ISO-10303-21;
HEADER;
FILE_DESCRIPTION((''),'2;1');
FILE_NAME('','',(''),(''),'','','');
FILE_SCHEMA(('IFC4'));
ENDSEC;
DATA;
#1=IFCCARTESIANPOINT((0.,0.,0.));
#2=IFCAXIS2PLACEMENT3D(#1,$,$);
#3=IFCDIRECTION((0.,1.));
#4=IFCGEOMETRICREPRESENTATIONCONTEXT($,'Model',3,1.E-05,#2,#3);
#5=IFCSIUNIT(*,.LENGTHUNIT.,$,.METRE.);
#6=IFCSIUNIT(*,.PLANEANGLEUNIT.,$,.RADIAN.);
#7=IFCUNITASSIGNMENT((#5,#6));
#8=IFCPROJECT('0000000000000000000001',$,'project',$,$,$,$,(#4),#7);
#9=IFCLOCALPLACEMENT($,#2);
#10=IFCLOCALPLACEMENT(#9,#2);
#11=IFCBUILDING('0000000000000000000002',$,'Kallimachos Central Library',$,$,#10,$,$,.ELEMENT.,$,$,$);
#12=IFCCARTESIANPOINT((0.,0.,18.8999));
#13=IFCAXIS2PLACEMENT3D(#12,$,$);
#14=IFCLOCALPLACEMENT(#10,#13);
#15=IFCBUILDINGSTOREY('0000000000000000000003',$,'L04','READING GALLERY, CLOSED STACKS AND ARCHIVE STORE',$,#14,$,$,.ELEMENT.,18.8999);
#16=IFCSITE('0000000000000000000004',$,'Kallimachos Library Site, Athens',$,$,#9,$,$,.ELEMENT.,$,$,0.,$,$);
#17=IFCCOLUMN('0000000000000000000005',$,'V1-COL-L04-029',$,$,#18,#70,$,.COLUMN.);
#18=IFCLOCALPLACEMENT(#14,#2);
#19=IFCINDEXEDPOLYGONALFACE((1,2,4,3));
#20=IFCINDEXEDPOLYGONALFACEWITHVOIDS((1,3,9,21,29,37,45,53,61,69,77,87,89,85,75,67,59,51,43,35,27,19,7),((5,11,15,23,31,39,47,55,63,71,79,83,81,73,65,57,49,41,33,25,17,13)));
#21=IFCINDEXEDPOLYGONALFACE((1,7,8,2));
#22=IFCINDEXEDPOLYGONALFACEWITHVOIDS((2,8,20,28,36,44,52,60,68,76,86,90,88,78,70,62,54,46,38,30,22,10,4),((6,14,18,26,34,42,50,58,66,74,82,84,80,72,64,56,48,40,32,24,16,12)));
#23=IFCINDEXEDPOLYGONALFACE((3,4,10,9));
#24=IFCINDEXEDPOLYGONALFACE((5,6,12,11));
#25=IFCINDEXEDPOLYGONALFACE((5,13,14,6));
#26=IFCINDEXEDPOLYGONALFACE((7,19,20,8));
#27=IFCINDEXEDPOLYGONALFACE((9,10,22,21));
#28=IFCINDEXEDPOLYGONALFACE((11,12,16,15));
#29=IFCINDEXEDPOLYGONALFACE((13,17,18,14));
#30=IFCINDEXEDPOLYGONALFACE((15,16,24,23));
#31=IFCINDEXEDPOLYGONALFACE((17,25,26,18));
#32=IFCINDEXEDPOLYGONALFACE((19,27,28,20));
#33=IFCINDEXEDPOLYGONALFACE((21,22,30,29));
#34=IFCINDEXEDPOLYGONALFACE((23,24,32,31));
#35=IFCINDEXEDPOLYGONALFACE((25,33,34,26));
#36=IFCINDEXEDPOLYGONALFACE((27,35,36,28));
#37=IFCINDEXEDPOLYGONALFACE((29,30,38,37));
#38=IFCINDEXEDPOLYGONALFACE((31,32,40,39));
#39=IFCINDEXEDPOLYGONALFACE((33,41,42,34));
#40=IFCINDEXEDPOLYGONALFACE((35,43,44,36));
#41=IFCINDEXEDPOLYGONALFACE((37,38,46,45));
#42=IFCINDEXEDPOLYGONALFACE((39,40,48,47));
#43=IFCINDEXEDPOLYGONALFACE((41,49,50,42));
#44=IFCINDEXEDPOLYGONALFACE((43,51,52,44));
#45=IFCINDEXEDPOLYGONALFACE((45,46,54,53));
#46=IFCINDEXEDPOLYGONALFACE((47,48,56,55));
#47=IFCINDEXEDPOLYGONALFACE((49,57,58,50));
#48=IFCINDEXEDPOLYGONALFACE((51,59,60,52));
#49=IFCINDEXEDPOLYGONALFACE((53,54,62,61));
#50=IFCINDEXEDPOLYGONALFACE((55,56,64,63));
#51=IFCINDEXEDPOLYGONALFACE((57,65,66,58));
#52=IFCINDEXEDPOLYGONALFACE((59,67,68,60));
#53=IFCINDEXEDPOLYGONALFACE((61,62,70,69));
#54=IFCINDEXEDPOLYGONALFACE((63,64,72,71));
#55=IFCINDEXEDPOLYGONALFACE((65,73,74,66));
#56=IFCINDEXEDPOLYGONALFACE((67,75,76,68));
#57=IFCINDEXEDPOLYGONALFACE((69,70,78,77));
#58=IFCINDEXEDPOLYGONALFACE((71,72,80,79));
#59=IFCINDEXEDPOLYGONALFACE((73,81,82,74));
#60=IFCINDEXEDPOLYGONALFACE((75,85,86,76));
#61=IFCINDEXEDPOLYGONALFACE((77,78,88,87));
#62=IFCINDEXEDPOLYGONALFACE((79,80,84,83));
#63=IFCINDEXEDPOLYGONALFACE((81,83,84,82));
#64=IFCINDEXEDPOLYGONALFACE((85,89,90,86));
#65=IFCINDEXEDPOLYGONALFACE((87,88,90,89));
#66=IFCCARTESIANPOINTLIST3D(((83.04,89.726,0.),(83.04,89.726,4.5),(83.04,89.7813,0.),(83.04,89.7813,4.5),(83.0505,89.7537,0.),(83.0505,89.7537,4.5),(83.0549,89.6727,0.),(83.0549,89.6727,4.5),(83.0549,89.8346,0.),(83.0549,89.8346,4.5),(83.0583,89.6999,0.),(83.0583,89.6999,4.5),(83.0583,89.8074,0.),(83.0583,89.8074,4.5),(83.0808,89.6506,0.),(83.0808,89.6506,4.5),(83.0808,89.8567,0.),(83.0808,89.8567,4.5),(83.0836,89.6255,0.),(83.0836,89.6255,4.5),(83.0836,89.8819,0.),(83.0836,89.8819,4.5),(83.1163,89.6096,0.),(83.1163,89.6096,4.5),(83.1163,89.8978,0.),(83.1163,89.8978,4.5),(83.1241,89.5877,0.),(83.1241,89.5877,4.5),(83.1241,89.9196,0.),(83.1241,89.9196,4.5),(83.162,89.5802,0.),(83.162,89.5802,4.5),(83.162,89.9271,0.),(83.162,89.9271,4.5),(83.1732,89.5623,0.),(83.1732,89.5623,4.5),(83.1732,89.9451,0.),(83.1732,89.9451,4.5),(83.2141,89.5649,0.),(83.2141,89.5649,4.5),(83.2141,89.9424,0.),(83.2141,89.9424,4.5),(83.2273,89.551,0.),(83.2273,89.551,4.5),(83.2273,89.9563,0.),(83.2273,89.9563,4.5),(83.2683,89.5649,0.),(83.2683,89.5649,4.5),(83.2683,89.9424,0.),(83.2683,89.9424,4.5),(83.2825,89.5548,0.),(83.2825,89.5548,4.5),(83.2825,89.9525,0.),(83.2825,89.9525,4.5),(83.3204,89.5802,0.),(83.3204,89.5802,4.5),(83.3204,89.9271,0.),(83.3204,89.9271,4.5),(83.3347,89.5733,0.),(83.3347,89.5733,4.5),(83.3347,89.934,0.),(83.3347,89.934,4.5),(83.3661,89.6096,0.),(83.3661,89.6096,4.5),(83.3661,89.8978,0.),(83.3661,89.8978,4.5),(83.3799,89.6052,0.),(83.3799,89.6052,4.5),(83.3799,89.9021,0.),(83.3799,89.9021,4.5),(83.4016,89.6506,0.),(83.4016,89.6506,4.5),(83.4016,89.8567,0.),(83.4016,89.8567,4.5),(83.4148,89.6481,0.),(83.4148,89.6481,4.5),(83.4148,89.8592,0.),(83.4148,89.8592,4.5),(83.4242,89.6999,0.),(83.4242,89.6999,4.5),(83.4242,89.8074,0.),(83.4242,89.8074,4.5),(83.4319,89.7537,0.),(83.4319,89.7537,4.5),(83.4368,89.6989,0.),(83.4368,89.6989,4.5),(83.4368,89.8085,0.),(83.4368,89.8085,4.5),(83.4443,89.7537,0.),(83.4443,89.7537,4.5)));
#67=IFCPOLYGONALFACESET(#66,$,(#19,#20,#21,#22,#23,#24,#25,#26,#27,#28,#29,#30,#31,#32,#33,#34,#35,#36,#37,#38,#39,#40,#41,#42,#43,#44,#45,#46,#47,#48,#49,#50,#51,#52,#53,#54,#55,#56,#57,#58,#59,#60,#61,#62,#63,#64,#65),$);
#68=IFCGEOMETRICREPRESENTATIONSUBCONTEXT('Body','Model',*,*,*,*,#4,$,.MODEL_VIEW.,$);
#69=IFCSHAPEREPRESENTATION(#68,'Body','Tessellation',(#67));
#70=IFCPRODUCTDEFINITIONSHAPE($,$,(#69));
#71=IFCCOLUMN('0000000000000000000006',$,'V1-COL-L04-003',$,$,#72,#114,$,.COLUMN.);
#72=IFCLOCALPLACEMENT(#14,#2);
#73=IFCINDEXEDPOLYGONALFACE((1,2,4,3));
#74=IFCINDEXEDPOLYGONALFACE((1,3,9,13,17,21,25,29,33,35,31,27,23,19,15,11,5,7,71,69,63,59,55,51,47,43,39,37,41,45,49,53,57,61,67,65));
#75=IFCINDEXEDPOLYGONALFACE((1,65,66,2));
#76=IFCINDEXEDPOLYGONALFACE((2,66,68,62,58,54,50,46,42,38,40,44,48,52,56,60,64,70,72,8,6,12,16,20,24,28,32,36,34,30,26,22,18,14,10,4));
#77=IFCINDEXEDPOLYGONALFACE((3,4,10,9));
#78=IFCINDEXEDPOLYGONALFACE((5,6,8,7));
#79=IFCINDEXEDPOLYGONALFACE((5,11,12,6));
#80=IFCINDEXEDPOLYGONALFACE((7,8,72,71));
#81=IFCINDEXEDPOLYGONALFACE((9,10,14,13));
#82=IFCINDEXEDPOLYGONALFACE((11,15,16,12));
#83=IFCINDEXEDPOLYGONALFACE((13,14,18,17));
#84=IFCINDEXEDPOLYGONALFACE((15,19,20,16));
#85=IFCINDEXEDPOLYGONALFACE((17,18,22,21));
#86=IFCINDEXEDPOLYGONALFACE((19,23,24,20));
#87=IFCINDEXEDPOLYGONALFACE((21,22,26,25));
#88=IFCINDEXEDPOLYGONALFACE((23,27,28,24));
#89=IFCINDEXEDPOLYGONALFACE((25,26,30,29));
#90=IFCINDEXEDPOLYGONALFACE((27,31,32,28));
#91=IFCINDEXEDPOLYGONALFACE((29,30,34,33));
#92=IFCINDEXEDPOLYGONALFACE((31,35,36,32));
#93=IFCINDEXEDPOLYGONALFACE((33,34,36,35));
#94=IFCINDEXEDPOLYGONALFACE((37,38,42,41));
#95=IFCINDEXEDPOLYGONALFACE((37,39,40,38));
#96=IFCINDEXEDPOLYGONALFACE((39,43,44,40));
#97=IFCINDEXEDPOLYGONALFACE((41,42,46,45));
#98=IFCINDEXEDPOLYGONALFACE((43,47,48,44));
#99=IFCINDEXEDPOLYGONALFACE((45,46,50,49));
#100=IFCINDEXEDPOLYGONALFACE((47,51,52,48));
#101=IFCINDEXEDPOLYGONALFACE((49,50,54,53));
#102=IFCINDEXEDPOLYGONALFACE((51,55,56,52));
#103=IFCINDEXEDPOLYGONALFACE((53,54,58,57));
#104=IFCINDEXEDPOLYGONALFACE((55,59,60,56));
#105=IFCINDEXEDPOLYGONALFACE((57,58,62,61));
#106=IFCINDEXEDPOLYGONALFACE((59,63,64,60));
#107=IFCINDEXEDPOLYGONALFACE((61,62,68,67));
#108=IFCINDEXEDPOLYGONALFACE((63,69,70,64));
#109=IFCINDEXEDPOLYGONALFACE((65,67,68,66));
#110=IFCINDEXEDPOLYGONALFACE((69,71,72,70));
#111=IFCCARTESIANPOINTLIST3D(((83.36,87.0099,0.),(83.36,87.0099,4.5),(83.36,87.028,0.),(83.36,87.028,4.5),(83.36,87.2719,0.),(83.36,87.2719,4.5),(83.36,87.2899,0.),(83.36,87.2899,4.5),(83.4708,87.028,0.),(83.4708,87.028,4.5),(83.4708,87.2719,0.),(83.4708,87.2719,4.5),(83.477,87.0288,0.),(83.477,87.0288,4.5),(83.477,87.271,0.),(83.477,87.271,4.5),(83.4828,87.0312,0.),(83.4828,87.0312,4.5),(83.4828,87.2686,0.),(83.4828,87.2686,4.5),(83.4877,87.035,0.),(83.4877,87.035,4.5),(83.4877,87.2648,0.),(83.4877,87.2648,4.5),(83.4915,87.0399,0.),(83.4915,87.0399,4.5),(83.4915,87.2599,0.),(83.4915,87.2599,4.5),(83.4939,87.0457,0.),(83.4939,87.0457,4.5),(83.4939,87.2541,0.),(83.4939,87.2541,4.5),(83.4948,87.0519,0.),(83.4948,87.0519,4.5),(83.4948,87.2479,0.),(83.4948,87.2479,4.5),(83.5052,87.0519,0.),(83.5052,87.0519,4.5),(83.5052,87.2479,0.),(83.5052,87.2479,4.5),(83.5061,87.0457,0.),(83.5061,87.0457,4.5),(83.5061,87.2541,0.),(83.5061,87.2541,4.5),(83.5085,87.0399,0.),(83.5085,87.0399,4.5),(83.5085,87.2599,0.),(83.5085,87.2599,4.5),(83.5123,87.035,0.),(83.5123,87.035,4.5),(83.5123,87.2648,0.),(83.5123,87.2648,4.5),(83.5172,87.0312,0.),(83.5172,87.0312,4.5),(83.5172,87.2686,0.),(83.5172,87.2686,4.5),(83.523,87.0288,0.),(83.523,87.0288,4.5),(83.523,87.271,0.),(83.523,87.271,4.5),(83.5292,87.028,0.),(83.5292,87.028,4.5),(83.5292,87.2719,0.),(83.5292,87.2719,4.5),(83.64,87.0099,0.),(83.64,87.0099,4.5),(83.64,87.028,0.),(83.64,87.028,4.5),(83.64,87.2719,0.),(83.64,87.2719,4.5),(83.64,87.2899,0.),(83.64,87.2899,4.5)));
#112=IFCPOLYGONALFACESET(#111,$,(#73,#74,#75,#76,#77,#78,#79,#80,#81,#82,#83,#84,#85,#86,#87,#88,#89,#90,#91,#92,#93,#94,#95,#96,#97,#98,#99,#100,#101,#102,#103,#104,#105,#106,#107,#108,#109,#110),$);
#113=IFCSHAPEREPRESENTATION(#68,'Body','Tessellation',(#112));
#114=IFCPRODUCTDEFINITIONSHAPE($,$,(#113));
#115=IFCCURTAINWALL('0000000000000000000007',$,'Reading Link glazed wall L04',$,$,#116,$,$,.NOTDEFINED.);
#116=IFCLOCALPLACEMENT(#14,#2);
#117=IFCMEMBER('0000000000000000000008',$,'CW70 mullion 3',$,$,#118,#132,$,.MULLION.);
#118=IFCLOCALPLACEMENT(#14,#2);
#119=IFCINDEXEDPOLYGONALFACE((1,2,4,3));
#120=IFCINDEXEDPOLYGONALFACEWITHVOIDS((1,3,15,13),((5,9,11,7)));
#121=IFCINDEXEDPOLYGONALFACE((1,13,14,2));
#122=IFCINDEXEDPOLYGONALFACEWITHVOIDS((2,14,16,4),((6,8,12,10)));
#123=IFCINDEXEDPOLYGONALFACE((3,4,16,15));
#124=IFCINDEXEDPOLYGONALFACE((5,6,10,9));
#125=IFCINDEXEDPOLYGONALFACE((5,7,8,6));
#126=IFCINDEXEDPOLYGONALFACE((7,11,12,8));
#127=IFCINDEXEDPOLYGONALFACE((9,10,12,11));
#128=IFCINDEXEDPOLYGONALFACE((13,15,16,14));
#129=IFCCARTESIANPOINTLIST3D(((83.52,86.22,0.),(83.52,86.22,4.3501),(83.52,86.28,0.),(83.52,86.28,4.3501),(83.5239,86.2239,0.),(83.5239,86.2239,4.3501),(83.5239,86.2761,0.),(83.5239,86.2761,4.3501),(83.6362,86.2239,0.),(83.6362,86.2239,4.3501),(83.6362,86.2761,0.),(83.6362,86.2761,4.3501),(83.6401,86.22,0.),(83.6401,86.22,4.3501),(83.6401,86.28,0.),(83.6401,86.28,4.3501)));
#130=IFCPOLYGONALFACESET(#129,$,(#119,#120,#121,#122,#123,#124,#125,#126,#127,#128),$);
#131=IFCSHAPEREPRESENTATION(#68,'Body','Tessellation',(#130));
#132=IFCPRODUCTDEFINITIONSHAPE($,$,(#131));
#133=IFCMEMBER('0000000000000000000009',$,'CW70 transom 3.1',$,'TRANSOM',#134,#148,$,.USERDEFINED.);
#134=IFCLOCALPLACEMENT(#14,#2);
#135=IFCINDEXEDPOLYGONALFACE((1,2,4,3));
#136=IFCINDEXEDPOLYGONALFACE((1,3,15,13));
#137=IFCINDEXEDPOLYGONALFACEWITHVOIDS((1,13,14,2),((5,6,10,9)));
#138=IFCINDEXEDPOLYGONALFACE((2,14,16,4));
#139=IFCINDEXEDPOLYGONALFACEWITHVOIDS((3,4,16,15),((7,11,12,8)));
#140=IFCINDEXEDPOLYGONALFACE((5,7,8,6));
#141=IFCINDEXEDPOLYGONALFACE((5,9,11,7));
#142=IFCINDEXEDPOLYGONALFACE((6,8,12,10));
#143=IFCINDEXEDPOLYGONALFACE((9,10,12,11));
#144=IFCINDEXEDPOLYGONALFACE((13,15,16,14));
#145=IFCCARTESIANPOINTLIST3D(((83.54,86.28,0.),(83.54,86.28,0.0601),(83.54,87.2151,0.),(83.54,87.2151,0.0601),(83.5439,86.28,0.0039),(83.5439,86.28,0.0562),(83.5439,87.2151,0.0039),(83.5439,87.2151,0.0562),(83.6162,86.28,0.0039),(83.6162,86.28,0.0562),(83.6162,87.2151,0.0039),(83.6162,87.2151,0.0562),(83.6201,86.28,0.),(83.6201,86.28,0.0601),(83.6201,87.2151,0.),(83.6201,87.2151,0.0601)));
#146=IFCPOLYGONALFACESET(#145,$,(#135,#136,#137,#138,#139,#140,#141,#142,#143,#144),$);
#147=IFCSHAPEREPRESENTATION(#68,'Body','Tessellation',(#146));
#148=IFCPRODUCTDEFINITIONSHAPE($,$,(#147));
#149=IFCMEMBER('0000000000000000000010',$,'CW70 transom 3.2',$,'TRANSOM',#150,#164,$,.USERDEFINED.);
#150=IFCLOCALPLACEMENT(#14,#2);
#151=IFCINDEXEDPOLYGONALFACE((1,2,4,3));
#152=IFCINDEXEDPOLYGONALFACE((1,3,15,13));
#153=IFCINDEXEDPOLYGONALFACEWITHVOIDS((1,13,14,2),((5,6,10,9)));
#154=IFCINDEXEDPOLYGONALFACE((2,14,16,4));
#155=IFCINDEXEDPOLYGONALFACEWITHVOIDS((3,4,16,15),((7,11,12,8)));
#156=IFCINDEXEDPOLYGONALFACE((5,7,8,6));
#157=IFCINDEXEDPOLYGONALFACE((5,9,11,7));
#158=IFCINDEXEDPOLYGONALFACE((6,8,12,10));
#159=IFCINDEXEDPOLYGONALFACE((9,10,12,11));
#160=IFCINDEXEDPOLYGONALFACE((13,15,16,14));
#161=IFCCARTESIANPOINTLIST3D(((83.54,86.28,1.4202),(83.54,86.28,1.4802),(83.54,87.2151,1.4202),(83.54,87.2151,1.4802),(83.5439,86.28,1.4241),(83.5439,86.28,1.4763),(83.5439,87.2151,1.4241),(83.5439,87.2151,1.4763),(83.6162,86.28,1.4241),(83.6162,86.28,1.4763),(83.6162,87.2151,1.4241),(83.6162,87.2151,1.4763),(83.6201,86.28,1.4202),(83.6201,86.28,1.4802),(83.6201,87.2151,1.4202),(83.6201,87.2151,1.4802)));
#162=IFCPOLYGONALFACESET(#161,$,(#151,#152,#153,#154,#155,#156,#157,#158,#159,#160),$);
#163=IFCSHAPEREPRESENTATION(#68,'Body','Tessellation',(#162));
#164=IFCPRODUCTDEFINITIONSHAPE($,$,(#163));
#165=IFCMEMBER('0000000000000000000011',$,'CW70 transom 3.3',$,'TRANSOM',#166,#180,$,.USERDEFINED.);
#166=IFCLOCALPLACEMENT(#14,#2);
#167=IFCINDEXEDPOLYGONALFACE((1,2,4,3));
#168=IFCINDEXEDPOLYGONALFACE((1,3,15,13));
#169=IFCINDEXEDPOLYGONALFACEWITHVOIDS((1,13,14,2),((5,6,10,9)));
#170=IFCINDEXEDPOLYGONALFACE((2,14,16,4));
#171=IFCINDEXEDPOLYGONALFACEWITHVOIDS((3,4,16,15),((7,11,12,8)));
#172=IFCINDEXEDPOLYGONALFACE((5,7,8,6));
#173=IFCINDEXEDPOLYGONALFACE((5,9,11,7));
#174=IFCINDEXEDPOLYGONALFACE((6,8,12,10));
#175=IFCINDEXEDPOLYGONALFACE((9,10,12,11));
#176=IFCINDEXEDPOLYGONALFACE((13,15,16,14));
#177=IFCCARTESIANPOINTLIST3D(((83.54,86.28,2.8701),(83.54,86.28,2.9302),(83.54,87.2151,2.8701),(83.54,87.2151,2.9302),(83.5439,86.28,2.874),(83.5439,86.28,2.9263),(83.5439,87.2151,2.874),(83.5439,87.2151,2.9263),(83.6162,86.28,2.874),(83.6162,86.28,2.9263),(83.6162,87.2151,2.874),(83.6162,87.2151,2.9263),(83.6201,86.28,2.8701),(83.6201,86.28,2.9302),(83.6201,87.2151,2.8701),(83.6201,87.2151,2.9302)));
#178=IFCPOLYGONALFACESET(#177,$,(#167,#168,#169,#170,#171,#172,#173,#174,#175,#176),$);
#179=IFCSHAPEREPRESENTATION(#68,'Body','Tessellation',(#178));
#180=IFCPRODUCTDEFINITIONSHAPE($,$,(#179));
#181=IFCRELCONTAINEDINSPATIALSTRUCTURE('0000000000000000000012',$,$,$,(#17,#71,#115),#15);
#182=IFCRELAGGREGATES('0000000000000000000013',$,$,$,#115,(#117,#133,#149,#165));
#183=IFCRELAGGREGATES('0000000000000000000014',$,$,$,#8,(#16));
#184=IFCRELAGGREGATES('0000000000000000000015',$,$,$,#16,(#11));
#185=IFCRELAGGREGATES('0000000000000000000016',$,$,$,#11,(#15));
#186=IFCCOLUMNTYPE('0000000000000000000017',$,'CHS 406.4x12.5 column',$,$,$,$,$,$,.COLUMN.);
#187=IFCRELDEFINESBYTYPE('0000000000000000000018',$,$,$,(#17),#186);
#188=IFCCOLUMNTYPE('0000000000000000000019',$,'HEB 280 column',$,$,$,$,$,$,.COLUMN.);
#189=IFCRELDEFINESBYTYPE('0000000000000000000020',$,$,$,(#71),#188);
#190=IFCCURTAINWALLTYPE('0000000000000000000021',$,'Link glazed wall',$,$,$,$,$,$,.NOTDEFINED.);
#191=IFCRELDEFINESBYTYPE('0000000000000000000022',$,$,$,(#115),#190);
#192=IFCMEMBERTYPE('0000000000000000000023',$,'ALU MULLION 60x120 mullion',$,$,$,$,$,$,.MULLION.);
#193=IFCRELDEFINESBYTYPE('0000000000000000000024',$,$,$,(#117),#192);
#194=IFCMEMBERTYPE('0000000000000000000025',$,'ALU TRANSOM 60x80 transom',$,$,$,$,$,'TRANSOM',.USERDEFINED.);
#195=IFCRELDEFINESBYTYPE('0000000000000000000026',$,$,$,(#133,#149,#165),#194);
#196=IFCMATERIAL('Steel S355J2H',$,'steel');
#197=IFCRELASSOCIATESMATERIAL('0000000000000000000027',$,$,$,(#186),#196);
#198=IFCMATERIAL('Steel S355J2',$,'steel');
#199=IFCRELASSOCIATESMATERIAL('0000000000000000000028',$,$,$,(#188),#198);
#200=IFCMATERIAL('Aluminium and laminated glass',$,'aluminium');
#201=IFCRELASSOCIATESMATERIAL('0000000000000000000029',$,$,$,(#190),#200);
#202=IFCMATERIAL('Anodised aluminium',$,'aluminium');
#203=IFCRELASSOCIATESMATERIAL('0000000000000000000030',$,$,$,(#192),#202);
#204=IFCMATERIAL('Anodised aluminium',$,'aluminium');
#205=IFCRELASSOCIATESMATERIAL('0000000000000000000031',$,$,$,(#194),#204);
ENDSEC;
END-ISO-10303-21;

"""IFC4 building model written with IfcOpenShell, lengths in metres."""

from ifc_helpers import new_model, si_unit, direction, frame, origin, origin_2d, place, context, subcontext, project, spatial, hollow_rectangle, hollow_circle, i_section, extrude, material, material_profile, profile_set, type_object, element, aggregate, save


model = new_model("IFC4")

# Units and contexts
model_context = context("Model", 3, precision=1e-05, world=origin(), true_north=direction((0.0, 1.0)))
body_context = subcontext(model_context, "Body", "Model", "MODEL_VIEW")
ifc_project = project(units=[si_unit("LENGTHUNIT", "METRE"), si_unit("PLANEANGLEUNIT", "RADIAN")], contexts=[model_context])

# Site, building, storey
site_placement = place(None, origin())
site = spatial("IfcSite", under=ifc_project, at=site_placement, Name="Kallimachos Library Site, Athens", CompositionType="ELEMENT", RefElevation=0.0)
building_placement = place(site_placement, origin())
building = spatial("IfcBuilding", under=site, at=building_placement, Name="Kallimachos Central Library", CompositionType="ELEMENT")
storey_placement = place(building_placement, frame((0.0, 0.0, 18.8999)))
storey = spatial("IfcBuildingStorey", under=building, at=storey_placement, Name="L04", Description="READING GALLERY, CLOSED STACKS AND ARCHIVE STORE", CompositionType="ELEMENT", Elevation=18.8999)

# Columns
ifc_material_1 = material(Name="Steel S355J2H", Category="steel")
ifc_material_profile_1 = material_profile(ifc_material_1, hollow_circle(Radius=0.2031, WallThickness=0.0125, at=origin_2d()), Name="CHS 406.4x12.5")
ifc_profile_set_1 = profile_set([ifc_material_profile_1], Name="Steel S355J2H")
column_type_1 = type_object("IfcColumnType", Name="CHS 406.4x12.5 column", PredefinedType="COLUMN", material=ifc_profile_set_1)
column_1_placement = place(storey_placement, frame((83.2412, 89.7537, 0.0), z_axis=(0.0, 0.0, 1.0), x_axis=(1.0, 0.0, 0.0)))
element("IfcColumn", 1, at=column_1_placement, inside=storey, type_object=column_type_1, Name="V1-COL-L04-029", PredefinedType="COLUMN", context=body_context, shape_type="SweptSolid", body=[
    extrude(hollow_circle(Radius=0.2031, WallThickness=0.0125, at=origin_2d()), origin(), (0.0, 0.0, 1.0), 4.5),
])
ifc_material_2 = material(Name="Steel S355J2", Category="steel")
ifc_material_profile_2 = material_profile(ifc_material_2, i_section(OverallWidth=0.28, OverallDepth=0.28, WebThickness=0.0105, FlangeThickness=0.0181, FilletRadius=0.0239, at=origin_2d()), Name="HEB 280")
ifc_profile_set_2 = profile_set([ifc_material_profile_2], Name="Steel S355J2")
column_type_2 = type_object("IfcColumnType", Name="HEB 280 column", PredefinedType="COLUMN", material=ifc_profile_set_2)
column_2_placement = place(storey_placement, frame((83.5, 87.1499, 0.0), z_axis=(0.0, 0.0, 1.0), x_axis=(1.0, 0.0, 0.0)))
element("IfcColumn", 2, at=column_2_placement, inside=storey, type_object=column_type_2, Name="V1-COL-L04-003", PredefinedType="COLUMN", context=body_context, shape_type="SweptSolid", body=[
    extrude(i_section(OverallWidth=0.28, OverallDepth=0.28, WebThickness=0.0105, FlangeThickness=0.0181, FilletRadius=0.0239, at=origin_2d()), origin(), (0.0, 0.0, 1.0), 4.5),
])

# Curtain wall, members
ifc_material_3 = material(Name="Aluminium and laminated glass", Category="aluminium")
curtain_wall_type_1 = type_object("IfcCurtainWallType", Name="Link glazed wall", PredefinedType="NOTDEFINED", material=ifc_material_3)
curtain_wall_1_placement = place(storey_placement, origin())
curtain_wall_1 = element("IfcCurtainWall", 3, at=curtain_wall_1_placement, inside=storey, type_object=curtain_wall_type_1, Name="Reading Link glazed wall L04", PredefinedType="NOTDEFINED")
ifc_material_4 = material(Name="Anodised aluminium", Category="aluminium")
ifc_material_profile_3 = material_profile(ifc_material_4, hollow_rectangle(XDim=0.0601, YDim=0.1201, WallThickness=0.0039, at=origin_2d()), Name="ALU MULLION 60x120")
ifc_profile_set_3 = profile_set([ifc_material_profile_3], Name="Anodised aluminium")
member_type_1 = type_object("IfcMemberType", Name="ALU MULLION 60x120 mullion", PredefinedType="MULLION", material=ifc_profile_set_3)
member_1_placement = place(storey_placement, frame((83.5801, 86.25, 0.0), z_axis=(0.0, 0.0, 1.0), x_axis=(0.0, 1.0, 0.0)))
member_1 = element("IfcMember", 4, at=member_1_placement, type_object=member_type_1, Name="CW70 mullion 3", PredefinedType="MULLION", context=body_context, shape_type="SweptSolid", body=[
    extrude(hollow_rectangle(XDim=0.0601, YDim=0.1201, WallThickness=0.0039, at=origin_2d()), origin(), (0.0, 0.0, 1.0), 4.3501),
])
ifc_material_5 = material(Name="Anodised aluminium", Category="aluminium")
ifc_material_profile_4 = material_profile(ifc_material_5, hollow_rectangle(XDim=0.0601, YDim=0.0801, WallThickness=0.0039, at=origin_2d()), Name="ALU TRANSOM 60x80")
ifc_profile_set_4 = profile_set([ifc_material_profile_4], Name="Anodised aluminium")
member_type_2 = type_object("IfcMemberType", Name="ALU TRANSOM 60x80 transom", ElementType="TRANSOM", PredefinedType="USERDEFINED", material=ifc_profile_set_4)
member_2_placement = place(storey_placement, frame((83.5801, 86.28, 0.03), z_axis=(0.0, 1.0, 0.0), x_axis=(0.0, 0.0, 1.0)))
member_2 = element("IfcMember", 5, at=member_2_placement, type_object=member_type_2, Name="CW70 transom 3.1", ObjectType="TRANSOM", PredefinedType="USERDEFINED", context=body_context, shape_type="SweptSolid", body=[
    extrude(hollow_rectangle(XDim=0.0601, YDim=0.0801, WallThickness=0.0039, at=origin_2d()), origin(), (0.0, 0.0, 1.0), 0.9351),
])
member_3_placement = place(storey_placement, frame((83.5801, 86.28, 1.4502), z_axis=(0.0, 1.0, 0.0), x_axis=(0.0, 0.0, 1.0)))
member_3 = element("IfcMember", 6, at=member_3_placement, type_object=member_type_2, Name="CW70 transom 3.2", ObjectType="TRANSOM", PredefinedType="USERDEFINED", context=body_context, shape_type="SweptSolid", body=[
    extrude(hollow_rectangle(XDim=0.0601, YDim=0.0801, WallThickness=0.0039, at=origin_2d()), origin(), (0.0, 0.0, 1.0), 0.9351),
])
member_4_placement = place(storey_placement, frame((83.5801, 86.28, 2.9001), z_axis=(0.0, 1.0, 0.0), x_axis=(0.0, 0.0, 1.0)))
member_4 = element("IfcMember", 7, at=member_4_placement, type_object=member_type_2, Name="CW70 transom 3.3", ObjectType="TRANSOM", PredefinedType="USERDEFINED", context=body_context, shape_type="SweptSolid", body=[
    extrude(hollow_rectangle(XDim=0.0601, YDim=0.0801, WallThickness=0.0039, at=origin_2d()), origin(), (0.0, 0.0, 1.0), 0.9351),
])

aggregate(curtain_wall_1, [member_1, member_2, member_3, member_4])

save(model, "model.ifc")
